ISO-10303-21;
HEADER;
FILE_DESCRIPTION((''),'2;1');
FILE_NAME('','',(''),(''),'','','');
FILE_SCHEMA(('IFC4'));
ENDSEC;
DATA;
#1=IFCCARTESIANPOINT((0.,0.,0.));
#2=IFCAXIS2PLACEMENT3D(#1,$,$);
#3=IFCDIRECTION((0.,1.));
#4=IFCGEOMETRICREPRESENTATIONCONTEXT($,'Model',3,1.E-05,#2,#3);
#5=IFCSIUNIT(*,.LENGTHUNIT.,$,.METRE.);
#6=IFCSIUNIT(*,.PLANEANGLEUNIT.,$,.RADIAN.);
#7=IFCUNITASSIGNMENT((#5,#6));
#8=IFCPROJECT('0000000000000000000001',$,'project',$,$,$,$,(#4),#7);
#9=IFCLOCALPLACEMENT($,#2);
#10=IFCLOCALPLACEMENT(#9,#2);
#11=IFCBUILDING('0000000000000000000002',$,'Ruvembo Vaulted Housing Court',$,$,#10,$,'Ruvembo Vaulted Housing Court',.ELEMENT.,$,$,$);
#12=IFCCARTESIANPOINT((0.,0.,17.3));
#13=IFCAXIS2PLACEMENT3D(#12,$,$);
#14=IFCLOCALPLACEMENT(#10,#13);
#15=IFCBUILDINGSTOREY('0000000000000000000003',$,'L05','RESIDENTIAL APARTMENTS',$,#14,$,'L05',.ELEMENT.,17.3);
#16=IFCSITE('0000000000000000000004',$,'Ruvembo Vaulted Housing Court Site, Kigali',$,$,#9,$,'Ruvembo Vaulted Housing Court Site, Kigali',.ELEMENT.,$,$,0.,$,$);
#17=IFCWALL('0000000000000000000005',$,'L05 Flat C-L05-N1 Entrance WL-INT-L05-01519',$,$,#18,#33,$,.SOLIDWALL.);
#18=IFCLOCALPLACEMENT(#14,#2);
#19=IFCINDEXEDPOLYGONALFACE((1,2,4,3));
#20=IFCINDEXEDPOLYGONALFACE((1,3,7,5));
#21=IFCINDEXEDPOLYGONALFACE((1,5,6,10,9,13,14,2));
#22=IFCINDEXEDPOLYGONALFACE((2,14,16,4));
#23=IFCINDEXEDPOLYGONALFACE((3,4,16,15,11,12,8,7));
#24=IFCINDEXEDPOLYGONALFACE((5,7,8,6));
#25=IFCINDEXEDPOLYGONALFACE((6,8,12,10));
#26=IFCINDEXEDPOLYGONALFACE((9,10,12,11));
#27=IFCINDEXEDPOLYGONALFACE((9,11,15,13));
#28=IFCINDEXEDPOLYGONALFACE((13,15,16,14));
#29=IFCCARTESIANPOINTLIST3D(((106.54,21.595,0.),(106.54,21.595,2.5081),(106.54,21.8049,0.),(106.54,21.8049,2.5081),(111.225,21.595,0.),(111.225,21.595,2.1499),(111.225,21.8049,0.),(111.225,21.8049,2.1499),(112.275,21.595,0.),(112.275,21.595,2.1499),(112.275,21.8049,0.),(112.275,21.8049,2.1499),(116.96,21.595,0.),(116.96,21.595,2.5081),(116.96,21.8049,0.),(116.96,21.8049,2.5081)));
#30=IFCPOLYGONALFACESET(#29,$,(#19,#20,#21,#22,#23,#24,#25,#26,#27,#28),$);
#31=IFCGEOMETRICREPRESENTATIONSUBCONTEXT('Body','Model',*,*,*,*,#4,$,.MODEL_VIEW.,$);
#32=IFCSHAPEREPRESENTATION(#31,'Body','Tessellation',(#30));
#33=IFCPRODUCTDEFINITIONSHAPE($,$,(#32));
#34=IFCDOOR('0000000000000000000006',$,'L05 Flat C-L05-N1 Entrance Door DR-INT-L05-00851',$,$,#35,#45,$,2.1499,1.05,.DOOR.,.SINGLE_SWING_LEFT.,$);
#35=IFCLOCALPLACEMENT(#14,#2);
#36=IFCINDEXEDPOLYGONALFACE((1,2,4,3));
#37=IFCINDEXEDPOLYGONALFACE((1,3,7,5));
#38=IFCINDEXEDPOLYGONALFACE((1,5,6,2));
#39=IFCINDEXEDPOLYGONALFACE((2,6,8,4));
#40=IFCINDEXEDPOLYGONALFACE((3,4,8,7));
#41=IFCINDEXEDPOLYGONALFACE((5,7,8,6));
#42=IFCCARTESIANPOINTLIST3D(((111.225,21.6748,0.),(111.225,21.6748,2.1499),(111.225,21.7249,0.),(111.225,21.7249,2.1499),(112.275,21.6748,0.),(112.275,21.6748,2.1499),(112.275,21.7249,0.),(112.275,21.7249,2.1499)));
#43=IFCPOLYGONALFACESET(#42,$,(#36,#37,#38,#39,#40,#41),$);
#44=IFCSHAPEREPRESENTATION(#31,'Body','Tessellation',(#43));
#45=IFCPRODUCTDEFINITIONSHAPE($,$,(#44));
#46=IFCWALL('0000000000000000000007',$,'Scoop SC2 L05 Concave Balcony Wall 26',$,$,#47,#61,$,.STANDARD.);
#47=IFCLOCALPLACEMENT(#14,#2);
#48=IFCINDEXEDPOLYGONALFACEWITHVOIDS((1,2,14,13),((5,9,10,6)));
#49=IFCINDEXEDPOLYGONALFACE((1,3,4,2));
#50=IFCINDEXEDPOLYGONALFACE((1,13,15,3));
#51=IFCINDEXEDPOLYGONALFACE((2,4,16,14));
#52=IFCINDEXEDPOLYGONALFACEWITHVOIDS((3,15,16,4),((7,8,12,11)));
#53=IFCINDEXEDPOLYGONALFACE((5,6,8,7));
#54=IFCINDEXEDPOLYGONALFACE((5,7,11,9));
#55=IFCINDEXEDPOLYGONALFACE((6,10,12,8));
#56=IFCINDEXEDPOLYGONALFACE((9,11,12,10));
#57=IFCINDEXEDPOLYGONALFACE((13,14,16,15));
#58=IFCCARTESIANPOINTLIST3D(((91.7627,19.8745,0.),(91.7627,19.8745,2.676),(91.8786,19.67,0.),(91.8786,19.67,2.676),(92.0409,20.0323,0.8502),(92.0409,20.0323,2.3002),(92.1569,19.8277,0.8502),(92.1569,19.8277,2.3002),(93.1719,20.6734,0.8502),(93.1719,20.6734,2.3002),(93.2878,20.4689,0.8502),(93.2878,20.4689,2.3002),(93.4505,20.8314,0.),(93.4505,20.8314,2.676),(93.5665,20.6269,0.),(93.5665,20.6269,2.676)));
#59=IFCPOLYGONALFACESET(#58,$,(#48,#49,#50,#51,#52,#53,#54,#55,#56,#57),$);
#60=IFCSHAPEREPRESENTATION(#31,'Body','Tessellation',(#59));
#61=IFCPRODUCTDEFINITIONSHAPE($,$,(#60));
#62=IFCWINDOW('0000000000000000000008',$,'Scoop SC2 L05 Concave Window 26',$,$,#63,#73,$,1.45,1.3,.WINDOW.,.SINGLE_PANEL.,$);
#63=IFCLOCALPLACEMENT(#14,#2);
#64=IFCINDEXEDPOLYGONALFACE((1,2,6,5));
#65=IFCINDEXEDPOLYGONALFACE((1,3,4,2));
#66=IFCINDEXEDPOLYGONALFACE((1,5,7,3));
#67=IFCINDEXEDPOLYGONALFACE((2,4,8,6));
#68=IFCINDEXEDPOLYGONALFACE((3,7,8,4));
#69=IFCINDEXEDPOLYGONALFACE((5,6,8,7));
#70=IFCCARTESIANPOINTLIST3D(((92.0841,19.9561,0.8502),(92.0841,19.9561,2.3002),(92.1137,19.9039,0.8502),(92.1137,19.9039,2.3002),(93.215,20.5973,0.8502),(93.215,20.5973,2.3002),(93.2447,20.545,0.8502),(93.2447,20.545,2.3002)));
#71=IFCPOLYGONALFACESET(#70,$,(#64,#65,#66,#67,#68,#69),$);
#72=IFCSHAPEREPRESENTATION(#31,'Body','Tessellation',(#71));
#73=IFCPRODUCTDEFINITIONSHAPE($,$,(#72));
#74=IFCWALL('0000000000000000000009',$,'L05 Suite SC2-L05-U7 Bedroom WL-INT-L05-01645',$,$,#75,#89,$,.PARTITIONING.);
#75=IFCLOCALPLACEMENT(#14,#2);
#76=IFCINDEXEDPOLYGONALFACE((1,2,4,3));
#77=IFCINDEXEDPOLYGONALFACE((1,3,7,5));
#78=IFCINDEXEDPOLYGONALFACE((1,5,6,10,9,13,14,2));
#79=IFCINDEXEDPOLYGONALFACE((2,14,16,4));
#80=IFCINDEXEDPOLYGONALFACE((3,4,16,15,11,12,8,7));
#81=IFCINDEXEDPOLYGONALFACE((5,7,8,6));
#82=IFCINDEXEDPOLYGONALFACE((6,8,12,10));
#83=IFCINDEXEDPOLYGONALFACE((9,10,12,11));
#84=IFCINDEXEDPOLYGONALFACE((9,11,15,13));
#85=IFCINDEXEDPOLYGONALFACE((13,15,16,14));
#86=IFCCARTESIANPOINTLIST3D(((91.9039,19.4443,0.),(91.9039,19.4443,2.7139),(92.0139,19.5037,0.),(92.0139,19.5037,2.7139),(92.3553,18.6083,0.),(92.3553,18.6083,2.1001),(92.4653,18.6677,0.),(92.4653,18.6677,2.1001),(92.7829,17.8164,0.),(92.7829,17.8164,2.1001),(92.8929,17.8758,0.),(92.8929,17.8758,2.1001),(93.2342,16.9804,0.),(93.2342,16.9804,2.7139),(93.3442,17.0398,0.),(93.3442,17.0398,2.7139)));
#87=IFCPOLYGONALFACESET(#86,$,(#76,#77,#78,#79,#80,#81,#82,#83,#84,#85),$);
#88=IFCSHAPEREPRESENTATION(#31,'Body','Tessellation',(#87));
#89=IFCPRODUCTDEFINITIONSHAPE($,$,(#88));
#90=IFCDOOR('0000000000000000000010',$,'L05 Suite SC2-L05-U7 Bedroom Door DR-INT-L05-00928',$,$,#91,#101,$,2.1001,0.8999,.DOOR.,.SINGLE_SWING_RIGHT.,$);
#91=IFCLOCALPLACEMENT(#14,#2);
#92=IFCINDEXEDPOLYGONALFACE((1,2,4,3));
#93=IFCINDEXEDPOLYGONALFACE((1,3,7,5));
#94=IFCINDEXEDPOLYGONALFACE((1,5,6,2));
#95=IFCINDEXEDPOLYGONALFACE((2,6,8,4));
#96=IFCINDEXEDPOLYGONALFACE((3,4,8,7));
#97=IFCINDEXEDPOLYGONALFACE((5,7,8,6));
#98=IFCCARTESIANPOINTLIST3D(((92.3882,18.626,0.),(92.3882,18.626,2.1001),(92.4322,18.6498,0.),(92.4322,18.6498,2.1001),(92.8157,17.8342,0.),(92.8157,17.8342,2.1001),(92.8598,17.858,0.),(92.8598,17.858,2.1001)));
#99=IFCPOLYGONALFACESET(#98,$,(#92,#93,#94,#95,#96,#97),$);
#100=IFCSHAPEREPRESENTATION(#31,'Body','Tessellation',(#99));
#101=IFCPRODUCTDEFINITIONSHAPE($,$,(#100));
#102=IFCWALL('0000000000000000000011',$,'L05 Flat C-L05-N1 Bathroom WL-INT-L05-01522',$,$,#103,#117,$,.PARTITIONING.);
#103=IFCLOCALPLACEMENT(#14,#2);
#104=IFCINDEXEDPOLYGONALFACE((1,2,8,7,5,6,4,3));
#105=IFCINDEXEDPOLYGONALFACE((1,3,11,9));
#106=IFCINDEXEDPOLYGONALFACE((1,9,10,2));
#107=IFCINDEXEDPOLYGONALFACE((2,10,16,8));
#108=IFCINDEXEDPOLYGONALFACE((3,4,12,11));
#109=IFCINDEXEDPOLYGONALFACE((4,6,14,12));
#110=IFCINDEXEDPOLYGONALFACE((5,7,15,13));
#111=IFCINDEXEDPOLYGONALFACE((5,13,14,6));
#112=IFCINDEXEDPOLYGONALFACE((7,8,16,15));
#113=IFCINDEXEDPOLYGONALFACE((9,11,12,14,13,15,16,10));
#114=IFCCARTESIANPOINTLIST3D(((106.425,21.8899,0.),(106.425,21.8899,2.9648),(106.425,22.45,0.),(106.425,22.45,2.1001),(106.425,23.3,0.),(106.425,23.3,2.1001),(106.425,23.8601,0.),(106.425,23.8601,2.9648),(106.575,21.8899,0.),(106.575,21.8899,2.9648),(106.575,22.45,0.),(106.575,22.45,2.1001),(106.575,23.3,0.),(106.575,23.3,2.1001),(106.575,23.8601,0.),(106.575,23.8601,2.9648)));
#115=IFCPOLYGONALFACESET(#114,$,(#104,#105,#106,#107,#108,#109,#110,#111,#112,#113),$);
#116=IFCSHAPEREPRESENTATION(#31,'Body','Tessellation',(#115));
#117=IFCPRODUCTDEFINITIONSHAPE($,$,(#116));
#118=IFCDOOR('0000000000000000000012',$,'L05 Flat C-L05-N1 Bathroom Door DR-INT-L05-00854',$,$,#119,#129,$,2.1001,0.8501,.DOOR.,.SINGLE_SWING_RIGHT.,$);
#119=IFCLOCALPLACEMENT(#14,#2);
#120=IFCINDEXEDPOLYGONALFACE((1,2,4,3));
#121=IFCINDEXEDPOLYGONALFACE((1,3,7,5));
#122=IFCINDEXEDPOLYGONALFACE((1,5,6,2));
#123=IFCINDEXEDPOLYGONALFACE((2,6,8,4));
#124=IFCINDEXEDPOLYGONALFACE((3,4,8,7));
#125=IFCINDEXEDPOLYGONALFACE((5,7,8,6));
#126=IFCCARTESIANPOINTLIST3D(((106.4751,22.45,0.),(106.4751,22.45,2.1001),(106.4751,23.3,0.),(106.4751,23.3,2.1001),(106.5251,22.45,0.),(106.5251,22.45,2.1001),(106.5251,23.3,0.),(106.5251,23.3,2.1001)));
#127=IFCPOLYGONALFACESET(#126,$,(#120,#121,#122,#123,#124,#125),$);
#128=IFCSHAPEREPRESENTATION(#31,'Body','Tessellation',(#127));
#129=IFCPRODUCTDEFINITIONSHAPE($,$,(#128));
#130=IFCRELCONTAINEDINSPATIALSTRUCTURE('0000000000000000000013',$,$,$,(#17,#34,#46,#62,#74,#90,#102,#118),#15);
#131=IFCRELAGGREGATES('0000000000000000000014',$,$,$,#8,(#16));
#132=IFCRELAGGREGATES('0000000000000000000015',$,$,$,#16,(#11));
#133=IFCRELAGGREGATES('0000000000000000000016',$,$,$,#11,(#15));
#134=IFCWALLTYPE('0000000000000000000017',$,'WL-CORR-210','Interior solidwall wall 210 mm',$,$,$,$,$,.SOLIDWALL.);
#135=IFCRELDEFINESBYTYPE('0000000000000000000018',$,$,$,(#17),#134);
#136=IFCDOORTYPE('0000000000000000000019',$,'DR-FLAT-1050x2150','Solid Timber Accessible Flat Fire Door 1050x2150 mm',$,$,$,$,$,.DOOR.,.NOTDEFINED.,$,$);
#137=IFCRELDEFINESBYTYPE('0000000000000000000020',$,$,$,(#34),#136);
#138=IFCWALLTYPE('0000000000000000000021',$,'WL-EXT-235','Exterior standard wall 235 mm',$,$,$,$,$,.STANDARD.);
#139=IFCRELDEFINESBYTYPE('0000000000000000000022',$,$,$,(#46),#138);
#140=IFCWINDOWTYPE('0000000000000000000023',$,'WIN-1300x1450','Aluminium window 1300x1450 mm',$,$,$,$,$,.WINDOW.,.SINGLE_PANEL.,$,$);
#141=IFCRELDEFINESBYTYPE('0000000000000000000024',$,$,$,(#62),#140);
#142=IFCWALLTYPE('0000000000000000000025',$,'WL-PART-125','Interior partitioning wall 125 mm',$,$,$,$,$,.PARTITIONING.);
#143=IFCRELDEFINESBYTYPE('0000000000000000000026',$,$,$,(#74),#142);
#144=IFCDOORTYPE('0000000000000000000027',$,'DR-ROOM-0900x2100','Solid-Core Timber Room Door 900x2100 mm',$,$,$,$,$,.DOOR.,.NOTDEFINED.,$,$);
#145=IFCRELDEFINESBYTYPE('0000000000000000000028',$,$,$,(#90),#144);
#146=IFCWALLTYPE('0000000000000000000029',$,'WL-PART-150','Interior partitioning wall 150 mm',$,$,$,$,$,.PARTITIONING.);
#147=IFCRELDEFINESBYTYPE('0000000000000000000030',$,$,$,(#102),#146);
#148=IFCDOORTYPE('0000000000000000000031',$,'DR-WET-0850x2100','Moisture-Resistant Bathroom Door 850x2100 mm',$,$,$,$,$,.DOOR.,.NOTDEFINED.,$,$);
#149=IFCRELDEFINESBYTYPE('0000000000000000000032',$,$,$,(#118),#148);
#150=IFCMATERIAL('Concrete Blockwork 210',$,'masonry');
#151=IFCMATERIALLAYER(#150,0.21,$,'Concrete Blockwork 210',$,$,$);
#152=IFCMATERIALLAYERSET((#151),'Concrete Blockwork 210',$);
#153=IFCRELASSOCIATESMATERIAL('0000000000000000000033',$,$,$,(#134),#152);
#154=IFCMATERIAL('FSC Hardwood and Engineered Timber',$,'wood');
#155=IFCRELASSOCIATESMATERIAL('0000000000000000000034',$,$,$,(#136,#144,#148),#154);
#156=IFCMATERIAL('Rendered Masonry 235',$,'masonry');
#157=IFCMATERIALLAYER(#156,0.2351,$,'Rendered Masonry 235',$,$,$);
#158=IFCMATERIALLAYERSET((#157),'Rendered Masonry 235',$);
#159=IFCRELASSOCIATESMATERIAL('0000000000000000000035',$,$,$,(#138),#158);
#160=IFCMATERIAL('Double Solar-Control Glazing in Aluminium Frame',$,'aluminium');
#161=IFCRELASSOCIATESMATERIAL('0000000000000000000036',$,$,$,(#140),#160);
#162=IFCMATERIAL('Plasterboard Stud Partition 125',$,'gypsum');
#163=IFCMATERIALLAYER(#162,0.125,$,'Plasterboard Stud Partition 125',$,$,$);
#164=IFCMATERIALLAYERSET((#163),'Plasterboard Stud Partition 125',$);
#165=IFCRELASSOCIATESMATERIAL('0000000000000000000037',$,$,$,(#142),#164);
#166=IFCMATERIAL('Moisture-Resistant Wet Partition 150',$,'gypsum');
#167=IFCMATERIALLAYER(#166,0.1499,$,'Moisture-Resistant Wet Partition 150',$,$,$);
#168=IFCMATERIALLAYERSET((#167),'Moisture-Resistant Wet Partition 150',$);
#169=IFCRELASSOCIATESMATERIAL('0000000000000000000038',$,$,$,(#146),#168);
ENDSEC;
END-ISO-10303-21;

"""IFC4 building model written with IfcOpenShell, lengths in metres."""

from ifc_helpers import new_model, si_unit, direction, frame, frame_2d, origin, place, context, subcontext, project, spatial, rectangle, extrude, material, layer, layer_set, type_object, element, fill, save


model = new_model("IFC4")

# Units and contexts
model_context = context("Model", 3, precision=1e-05, world=origin(), true_north=direction((0.0, 1.0)))
body_context = subcontext(model_context, "Body", "Model", "MODEL_VIEW")
ifc_project = project(units=[si_unit("LENGTHUNIT", "METRE"), si_unit("PLANEANGLEUNIT", "RADIAN")], contexts=[model_context])

# Site, building, storey
site_placement = place(None, origin())
site = spatial("IfcSite", under=ifc_project, at=site_placement, Name="Ruvembo Vaulted Housing Court Site, Kigali", LongName="Ruvembo Vaulted Housing Court Site, Kigali", CompositionType="ELEMENT", RefElevation=0.0)
building_placement = place(site_placement, origin())
building = spatial("IfcBuilding", under=site, at=building_placement, Name="Ruvembo Vaulted Housing Court", LongName="Ruvembo Vaulted Housing Court", CompositionType="ELEMENT")
storey_placement = place(building_placement, frame((0.0, 0.0, 17.3)))
storey = spatial("IfcBuildingStorey", under=building, at=storey_placement, Name="L05", Description="RESIDENTIAL APARTMENTS", LongName="L05", CompositionType="ELEMENT", Elevation=17.3)

# Shared definitions
ifc_material_1 = material(Name="Concrete Blockwork 210", Category="masonry")
ifc_layer_1 = layer(ifc_material_1, 0.21, Name="Concrete Blockwork 210")
ifc_layer_set_1 = layer_set([ifc_layer_1], Name="Concrete Blockwork 210")
wall_type_1 = type_object("IfcWallType", Name="WL-CORR-210", Description="Interior solidwall wall 210 mm", PredefinedType="SOLIDWALL", material=ifc_layer_set_1)

# Wall, opening, door
wall_1_placement = place(storey_placement, frame((106.54, 21.7, 0.0), z_axis=(0.0, 0.0, 1.0), x_axis=(1.0, 0.0, 0.0)))
wall_1 = element("IfcWall", 1, at=wall_1_placement, inside=storey, type_object=wall_type_1, Name="L05 Flat C-L05-N1 Entrance WL-INT-L05-01519", PredefinedType="SOLIDWALL", context=body_context, shape_type="SweptSolid", body=[
    extrude(rectangle(XDim=10.4199, YDim=0.21, at=frame_2d((5.21, 0.0))), origin(), (0.0, 0.0, 1.0), 2.5081),
])
opening_1_placement = place(wall_1_placement, frame((4.6851, 0.0, 0.0)))
opening_1 = element("IfcOpeningElement", 2, at=opening_1_placement, cuts=wall_1, PredefinedType="OPENING", context=body_context, shape_type="SweptSolid", body=[
    extrude(rectangle(XDim=1.05, YDim=2.1499, at=frame_2d((0.5249, 1.075))), frame((0.0, 0.115, 0.0), z_axis=(0.0, -1.0, 0.0), x_axis=(1.0, 0.0, 0.0)), (0.0, 0.0, 1.0), 0.23),
])
ifc_material_2 = material(Name="FSC Hardwood and Engineered Timber", Category="wood")
door_type_1 = type_object("IfcDoorType", Name="DR-FLAT-1050x2150", Description="Solid Timber Accessible Flat Fire Door 1050x2150 mm", OperationType="NOTDEFINED", PredefinedType="DOOR", material=ifc_material_2)
door_1_placement = place(opening_1_placement, origin())
door_1 = element("IfcDoor", 3, at=door_1_placement, inside=storey, type_object=door_type_1, Name="L05 Flat C-L05-N1 Entrance Door DR-INT-L05-00851", OperationType="SINGLE_SWING_LEFT", OverallHeight=2.1499, OverallWidth=1.05, PredefinedType="DOOR", context=body_context, shape_type="SweptSolid", body=[
    extrude(rectangle(XDim=1.05, YDim=2.1499, at=frame_2d((0.5249, 1.075))), frame((0.0, 0.0249, 0.0), z_axis=(0.0, -1.0, 0.0), x_axis=(1.0, 0.0, 0.0)), (0.0, 0.0, 1.0), 0.05),
])
fill(opening_1, door_1)

# Wall, opening, window
ifc_material_3 = material(Name="Rendered Masonry 235", Category="masonry")
ifc_layer_2 = layer(ifc_material_3, 0.2351, Name="Rendered Masonry 235")
ifc_layer_set_2 = layer_set([ifc_layer_2], Name="Rendered Masonry 235")
wall_type_2 = type_object("IfcWallType", Name="WL-EXT-235", Description="Exterior standard wall 235 mm", PredefinedType="STANDARD", material=ifc_layer_set_2)
wall_2_placement = place(storey_placement, frame((91.8206, 19.7722, 0.0), z_axis=(0.0, 0.0, 1.0), x_axis=(0.869934, 0.493168, 0.0)))
wall_2 = element("IfcWall", 4, at=wall_2_placement, inside=storey, type_object=wall_type_2, Name="Scoop SC2 L05 Concave Balcony Wall 26", PredefinedType="STANDARD", context=body_context, shape_type="SweptSolid", body=[
    extrude(rectangle(XDim=1.9402, YDim=0.2351, at=frame_2d((0.9702, 0.0))), origin(), (0.0, 0.0, 1.0), 2.676),
])
opening_2_placement = place(wall_2_placement, frame((0.3201, 0.0, 0.8501)))
opening_2 = element("IfcOpeningElement", 5, at=opening_2_placement, cuts=wall_2, PredefinedType="OPENING", context=body_context, shape_type="SweptSolid", body=[
    extrude(rectangle(XDim=1.3, YDim=1.45, at=frame_2d((0.6499, 0.7251))), frame((0.0, 0.1274, 0.0), z_axis=(0.0, -1.0, 0.0), x_axis=(1.0, 0.0, 0.0)), (0.0, 0.0, 1.0), 0.2551),
])
ifc_material_4 = material(Name="Double Solar-Control Glazing in Aluminium Frame", Category="aluminium")
window_type = type_object("IfcWindowType", Name="WIN-1300x1450", Description="Aluminium window 1300x1450 mm", PartitioningType="SINGLE_PANEL", PredefinedType="WINDOW", material=ifc_material_4)
window_placement = place(opening_2_placement, origin())
window = element("IfcWindow", 6, at=window_placement, inside=storey, type_object=window_type, Name="Scoop SC2 L05 Concave Window 26", OverallHeight=1.45, OverallWidth=1.3, PartitioningType="SINGLE_PANEL", PredefinedType="WINDOW", context=body_context, shape_type="SweptSolid", body=[
    extrude(rectangle(XDim=1.3, YDim=1.45, at=frame_2d((0.6499, 0.7251))), frame((0.0, 0.03, 0.0), z_axis=(0.0, -1.0, 0.0), x_axis=(1.0, 0.0, 0.0)), (0.0, 0.0, 1.0), 0.0601),
])
fill(opening_2, window)

# Walls, openings, doors
ifc_material_5 = material(Name="Plasterboard Stud Partition 125", Category="gypsum")
ifc_layer_3 = layer(ifc_material_5, 0.125, Name="Plasterboard Stud Partition 125")
ifc_layer_set_3 = layer_set([ifc_layer_3], Name="Plasterboard Stud Partition 125")
wall_type_3 = type_object("IfcWallType", Name="WL-PART-125", Description="Interior partitioning wall 125 mm", PredefinedType="PARTITIONING", material=ifc_layer_set_3)
wall_3_placement = place(storey_placement, frame((91.959, 19.4739, 0.0), z_axis=(0.0, 0.0, 1.0), x_axis=(0.475103, -0.87993, 0.0)))
wall_3 = element("IfcWall", 7, at=wall_3_placement, inside=storey, type_object=wall_type_3, Name="L05 Suite SC2-L05-U7 Bedroom WL-INT-L05-01645", PredefinedType="PARTITIONING", context=body_context, shape_type="SweptSolid", body=[
    extrude(rectangle(XDim=2.8, YDim=0.125, at=frame_2d((1.3999, 0.0))), origin(), (0.0, 0.0, 1.0), 2.7139),
])
opening_3_placement = place(wall_3_placement, frame((0.95, 0.0, 0.0)))
opening_3 = element("IfcOpeningElement", 8, at=opening_3_placement, cuts=wall_3, PredefinedType="OPENING", context=body_context, shape_type="SweptSolid", body=[
    extrude(rectangle(XDim=0.8999, YDim=2.1001, at=frame_2d((0.45, 1.05))), frame((0.0, 0.0725, 0.0), z_axis=(0.0, -1.0, 0.0), x_axis=(1.0, 0.0, 0.0)), (0.0, 0.0, 1.0), 0.145),
])
door_type_2 = type_object("IfcDoorType", Name="DR-ROOM-0900x2100", Description="Solid-Core Timber Room Door 900x2100 mm", OperationType="NOTDEFINED", PredefinedType="DOOR", material=ifc_material_2)
door_2_placement = place(opening_3_placement, origin())
door_2 = element("IfcDoor", 9, at=door_2_placement, inside=storey, type_object=door_type_2, Name="L05 Suite SC2-L05-U7 Bedroom Door DR-INT-L05-00928", OperationType="SINGLE_SWING_RIGHT", OverallHeight=2.1001, OverallWidth=0.8999, PredefinedType="DOOR", context=body_context, shape_type="SweptSolid", body=[
    extrude(rectangle(XDim=0.8999, YDim=2.1001, at=frame_2d((0.45, 1.05))), frame((0.0, 0.0249, 0.0), z_axis=(0.0, -1.0, 0.0), x_axis=(1.0, 0.0, 0.0)), (0.0, 0.0, 1.0), 0.05),
])
fill(opening_3, door_2)
ifc_material_6 = material(Name="Moisture-Resistant Wet Partition 150", Category="gypsum")
ifc_layer_4 = layer(ifc_material_6, 0.1499, Name="Moisture-Resistant Wet Partition 150")
ifc_layer_set_4 = layer_set([ifc_layer_4], Name="Moisture-Resistant Wet Partition 150")
wall_type_4 = type_object("IfcWallType", Name="WL-PART-150", Description="Interior partitioning wall 150 mm", PredefinedType="PARTITIONING", material=ifc_layer_set_4)
wall_4_placement = place(storey_placement, frame((106.5, 21.8899, 0.0), z_axis=(0.0, 0.0, 1.0), x_axis=(0.0, 1.0, 0.0)))
wall_4 = element("IfcWall", 10, at=wall_4_placement, inside=storey, type_object=wall_type_4, Name="L05 Flat C-L05-N1 Bathroom WL-INT-L05-01522", PredefinedType="PARTITIONING", context=body_context, shape_type="SweptSolid", body=[
    extrude(rectangle(XDim=1.9702, YDim=0.1499, at=frame_2d((0.9851, 0.0))), origin(), (0.0, 0.0, 1.0), 2.9648),
])
opening_4_placement = place(wall_4_placement, frame((0.5601, 0.0, 0.0)))
opening_4 = element("IfcOpeningElement", 11, at=opening_4_placement, cuts=wall_4, PredefinedType="OPENING", context=body_context, shape_type="SweptSolid", body=[
    extrude(rectangle(XDim=0.8501, YDim=2.1001, at=frame_2d((0.425, 1.05))), frame((0.0, 0.085, 0.0), z_axis=(0.0, -1.0, 0.0), x_axis=(1.0, 0.0, 0.0)), (0.0, 0.0, 1.0), 0.1699),
])
door_type_3 = type_object("IfcDoorType", Name="DR-WET-0850x2100", Description="Moisture-Resistant Bathroom Door 850x2100 mm", OperationType="NOTDEFINED", PredefinedType="DOOR", material=ifc_material_2)
door_3_placement = place(opening_4_placement, origin())
door_3 = element("IfcDoor", 12, at=door_3_placement, inside=storey, type_object=door_type_3, Name="L05 Flat C-L05-N1 Bathroom Door DR-INT-L05-00854", OperationType="SINGLE_SWING_RIGHT", OverallHeight=2.1001, OverallWidth=0.8501, PredefinedType="DOOR", context=body_context, shape_type="SweptSolid", body=[
    extrude(rectangle(XDim=0.8501, YDim=2.1001, at=frame_2d((0.425, 1.05))), frame((0.0, 0.0249, 0.0), z_axis=(0.0, -1.0, 0.0), x_axis=(1.0, 0.0, 0.0)), (0.0, 0.0, 1.0), 0.05),
])
fill(opening_4, door_3)

save(model, "model.ifc")
